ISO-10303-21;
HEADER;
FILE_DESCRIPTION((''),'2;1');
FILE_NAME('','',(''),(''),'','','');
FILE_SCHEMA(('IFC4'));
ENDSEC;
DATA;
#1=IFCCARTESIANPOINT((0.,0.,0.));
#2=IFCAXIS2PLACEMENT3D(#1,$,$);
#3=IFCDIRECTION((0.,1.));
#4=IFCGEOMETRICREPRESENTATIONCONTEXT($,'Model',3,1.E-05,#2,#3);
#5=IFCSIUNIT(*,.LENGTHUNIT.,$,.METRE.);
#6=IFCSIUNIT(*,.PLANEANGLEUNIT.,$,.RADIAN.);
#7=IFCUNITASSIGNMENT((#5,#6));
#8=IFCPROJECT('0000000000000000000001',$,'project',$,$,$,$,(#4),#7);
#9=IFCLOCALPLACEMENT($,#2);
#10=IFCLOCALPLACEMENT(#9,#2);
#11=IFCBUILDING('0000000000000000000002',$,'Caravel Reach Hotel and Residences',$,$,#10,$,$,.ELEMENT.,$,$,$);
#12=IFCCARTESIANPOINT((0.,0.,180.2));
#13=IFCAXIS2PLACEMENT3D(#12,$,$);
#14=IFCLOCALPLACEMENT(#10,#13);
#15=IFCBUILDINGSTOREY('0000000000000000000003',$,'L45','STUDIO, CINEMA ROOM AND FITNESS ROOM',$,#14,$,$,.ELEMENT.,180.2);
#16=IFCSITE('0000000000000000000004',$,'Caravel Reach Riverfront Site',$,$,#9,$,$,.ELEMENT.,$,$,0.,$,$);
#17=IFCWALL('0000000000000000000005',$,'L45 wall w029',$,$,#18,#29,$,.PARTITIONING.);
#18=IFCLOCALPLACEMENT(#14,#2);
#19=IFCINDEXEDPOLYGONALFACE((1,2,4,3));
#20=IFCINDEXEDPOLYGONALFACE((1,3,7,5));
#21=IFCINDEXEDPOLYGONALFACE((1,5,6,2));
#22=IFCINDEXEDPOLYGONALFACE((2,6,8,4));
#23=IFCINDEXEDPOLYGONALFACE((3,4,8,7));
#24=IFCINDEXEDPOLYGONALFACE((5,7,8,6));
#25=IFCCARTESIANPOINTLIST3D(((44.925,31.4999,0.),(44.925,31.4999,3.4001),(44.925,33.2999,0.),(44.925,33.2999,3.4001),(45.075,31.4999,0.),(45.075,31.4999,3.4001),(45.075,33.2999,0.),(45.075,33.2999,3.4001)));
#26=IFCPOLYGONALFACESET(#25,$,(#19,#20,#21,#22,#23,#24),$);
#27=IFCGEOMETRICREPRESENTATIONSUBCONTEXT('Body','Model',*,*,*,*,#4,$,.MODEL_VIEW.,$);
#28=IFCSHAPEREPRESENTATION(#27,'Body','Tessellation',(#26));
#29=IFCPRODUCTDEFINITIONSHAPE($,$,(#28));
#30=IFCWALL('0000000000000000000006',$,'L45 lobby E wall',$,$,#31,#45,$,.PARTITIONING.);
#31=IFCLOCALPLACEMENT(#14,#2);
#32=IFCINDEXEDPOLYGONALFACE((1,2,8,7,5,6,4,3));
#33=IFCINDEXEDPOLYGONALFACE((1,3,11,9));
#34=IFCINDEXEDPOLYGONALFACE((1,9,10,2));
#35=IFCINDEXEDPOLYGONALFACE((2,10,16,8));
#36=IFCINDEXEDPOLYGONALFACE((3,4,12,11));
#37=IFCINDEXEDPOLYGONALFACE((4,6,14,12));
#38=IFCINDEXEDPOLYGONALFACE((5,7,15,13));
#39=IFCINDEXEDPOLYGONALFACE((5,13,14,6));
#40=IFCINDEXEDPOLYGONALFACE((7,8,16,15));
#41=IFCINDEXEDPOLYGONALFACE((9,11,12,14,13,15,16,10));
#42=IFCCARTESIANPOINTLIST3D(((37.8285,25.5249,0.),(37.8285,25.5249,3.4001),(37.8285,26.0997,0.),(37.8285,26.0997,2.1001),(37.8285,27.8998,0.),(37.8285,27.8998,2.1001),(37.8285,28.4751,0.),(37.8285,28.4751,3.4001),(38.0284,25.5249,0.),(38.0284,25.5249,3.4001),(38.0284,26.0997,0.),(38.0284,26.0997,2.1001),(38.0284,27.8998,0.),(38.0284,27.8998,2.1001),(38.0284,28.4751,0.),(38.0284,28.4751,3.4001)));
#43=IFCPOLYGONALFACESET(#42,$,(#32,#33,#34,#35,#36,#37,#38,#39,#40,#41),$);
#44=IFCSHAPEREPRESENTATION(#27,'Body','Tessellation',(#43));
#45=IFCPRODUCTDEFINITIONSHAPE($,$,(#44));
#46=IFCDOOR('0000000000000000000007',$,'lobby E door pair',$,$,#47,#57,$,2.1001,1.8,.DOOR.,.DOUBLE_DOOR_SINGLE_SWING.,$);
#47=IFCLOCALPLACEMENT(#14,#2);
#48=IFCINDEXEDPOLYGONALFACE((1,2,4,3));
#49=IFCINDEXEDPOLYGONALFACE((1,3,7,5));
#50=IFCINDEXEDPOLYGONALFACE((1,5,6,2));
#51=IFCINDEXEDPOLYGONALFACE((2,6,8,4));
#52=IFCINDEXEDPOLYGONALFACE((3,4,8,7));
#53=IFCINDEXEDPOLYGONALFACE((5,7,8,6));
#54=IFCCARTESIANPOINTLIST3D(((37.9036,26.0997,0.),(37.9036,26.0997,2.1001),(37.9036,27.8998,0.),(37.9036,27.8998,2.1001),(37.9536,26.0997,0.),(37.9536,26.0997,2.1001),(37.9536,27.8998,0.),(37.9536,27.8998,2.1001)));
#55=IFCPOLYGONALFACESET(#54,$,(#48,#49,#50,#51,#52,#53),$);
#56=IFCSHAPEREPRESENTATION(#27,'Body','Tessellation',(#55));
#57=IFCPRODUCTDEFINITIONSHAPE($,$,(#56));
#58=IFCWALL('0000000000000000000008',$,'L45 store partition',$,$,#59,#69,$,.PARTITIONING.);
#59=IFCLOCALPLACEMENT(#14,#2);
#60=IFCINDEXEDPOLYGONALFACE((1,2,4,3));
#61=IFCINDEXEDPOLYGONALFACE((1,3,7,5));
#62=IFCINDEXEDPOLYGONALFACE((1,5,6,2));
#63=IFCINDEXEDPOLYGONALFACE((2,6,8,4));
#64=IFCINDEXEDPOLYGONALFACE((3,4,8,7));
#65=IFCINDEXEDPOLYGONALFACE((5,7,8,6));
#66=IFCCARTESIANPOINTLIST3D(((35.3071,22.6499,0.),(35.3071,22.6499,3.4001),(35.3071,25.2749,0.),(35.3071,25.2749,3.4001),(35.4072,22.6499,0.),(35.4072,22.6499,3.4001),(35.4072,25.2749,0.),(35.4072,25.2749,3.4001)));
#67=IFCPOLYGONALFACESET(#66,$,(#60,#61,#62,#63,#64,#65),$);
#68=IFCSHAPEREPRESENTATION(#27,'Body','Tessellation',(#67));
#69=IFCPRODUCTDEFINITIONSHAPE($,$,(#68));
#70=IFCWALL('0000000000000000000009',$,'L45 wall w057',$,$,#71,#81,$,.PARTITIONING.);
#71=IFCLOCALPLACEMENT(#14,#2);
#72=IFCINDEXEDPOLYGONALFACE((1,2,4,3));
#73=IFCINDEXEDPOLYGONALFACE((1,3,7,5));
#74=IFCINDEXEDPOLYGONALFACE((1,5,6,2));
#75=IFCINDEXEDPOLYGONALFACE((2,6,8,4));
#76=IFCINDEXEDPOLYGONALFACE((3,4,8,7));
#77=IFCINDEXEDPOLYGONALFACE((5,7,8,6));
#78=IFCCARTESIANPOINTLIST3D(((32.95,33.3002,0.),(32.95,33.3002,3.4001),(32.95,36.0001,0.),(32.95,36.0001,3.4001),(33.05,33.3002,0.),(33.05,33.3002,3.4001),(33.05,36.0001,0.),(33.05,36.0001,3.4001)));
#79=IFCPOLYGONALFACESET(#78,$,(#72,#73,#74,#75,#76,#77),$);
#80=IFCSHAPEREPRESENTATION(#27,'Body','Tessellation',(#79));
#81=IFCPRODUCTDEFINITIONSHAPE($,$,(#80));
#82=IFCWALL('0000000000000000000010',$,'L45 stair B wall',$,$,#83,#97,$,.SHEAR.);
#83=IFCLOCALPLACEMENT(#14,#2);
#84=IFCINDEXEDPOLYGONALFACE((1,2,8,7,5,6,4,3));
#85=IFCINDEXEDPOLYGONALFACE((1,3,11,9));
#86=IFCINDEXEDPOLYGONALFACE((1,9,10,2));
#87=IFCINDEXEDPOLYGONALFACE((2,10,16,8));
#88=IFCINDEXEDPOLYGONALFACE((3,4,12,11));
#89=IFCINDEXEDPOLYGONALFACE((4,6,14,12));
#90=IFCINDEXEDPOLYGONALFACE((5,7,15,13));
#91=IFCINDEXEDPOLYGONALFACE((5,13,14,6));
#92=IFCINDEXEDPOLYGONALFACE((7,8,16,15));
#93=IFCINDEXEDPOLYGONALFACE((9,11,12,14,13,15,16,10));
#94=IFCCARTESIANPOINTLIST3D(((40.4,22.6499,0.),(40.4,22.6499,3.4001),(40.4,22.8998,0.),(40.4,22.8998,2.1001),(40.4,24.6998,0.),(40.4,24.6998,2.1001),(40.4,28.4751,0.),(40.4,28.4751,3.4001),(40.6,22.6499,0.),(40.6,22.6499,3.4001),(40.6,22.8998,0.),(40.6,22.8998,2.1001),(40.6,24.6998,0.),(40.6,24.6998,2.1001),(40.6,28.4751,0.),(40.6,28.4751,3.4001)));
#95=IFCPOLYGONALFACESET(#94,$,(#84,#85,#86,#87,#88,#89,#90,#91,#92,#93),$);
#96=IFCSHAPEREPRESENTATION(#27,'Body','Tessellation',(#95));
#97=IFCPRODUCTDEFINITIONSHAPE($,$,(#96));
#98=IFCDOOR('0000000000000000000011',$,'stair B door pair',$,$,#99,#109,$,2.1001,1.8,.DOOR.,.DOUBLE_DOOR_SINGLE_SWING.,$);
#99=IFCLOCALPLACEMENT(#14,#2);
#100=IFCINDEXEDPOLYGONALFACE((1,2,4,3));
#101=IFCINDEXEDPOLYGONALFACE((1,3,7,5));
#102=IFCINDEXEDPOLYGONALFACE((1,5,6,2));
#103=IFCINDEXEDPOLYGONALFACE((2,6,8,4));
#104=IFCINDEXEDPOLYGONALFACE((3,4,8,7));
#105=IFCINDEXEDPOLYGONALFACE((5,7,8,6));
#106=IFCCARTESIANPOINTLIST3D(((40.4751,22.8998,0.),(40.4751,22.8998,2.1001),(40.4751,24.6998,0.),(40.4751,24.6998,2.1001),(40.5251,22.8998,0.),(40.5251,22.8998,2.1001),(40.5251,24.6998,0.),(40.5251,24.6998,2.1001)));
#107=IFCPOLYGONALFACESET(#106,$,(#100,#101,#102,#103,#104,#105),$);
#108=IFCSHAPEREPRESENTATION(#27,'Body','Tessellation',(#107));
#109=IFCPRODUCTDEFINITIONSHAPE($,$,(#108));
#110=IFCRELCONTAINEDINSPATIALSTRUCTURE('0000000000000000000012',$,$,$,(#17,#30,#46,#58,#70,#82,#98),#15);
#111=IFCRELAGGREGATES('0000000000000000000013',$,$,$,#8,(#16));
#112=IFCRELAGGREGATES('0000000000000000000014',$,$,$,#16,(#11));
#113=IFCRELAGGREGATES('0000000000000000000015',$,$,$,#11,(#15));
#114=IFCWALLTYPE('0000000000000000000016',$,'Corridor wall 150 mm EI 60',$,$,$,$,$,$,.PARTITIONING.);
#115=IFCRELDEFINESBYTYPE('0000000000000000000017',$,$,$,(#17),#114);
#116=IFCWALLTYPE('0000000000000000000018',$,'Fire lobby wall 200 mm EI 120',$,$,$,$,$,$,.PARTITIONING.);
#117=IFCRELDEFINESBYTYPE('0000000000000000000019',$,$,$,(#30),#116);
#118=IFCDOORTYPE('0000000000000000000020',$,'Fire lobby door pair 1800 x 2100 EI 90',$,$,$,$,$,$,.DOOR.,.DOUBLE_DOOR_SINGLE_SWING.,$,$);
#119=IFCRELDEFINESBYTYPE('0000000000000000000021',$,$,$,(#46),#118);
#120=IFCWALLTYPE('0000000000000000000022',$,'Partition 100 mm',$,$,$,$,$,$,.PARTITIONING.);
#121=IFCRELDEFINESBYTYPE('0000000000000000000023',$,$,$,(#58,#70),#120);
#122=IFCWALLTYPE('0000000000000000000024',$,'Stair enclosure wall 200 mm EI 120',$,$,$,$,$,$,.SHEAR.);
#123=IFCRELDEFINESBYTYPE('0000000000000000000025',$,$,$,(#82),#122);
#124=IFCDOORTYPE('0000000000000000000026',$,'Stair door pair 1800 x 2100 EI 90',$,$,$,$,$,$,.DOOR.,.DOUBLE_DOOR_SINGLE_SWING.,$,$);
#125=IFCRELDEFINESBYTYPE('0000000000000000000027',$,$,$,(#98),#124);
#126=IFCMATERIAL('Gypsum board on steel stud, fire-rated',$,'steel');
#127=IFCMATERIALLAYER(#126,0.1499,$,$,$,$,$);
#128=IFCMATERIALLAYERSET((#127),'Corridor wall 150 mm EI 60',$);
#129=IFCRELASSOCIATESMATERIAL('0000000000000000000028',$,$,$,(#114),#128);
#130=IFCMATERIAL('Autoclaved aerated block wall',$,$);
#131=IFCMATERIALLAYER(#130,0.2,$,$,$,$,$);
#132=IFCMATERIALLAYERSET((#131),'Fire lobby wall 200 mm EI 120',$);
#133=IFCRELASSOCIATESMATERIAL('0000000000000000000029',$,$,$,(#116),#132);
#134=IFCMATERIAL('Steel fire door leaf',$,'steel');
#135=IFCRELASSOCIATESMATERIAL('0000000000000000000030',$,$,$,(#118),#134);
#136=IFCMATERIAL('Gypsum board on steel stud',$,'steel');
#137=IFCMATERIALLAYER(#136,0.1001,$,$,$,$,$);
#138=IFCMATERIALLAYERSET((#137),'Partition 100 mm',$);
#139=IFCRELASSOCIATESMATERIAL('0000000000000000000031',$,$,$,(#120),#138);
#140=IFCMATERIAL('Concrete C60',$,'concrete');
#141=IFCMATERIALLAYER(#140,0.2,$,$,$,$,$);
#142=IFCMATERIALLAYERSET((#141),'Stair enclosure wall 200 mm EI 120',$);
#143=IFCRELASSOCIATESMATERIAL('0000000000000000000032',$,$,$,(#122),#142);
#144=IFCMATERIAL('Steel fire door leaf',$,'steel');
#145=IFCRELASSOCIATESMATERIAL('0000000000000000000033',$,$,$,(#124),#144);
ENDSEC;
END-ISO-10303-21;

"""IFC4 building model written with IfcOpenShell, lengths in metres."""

from ifc_helpers import new_model, si_unit, direction, frame, frame_2d, origin, place, context, subcontext, project, spatial, rectangle, extrude, material, layer, layer_set, type_object, element, fill, save


model = new_model("IFC4")

# Units and contexts
model_context = context("Model", 3, precision=1e-05, world=origin(), true_north=direction((0.0, 1.0)))
body_context = subcontext(model_context, "Body", "Model", "MODEL_VIEW")
ifc_project = project(units=[si_unit("LENGTHUNIT", "METRE"), si_unit("PLANEANGLEUNIT", "RADIAN")], contexts=[model_context])

# Site, building, storey
site_placement = place(None, origin())
site = spatial("IfcSite", under=ifc_project, at=site_placement, Name="Caravel Reach Riverfront Site", CompositionType="ELEMENT", RefElevation=0.0)
building_placement = place(site_placement, origin())
building = spatial("IfcBuilding", under=site, at=building_placement, Name="Caravel Reach Hotel and Residences", CompositionType="ELEMENT")
storey_placement = place(building_placement, frame((0.0, 0.0, 180.2)))
storey = spatial("IfcBuildingStorey", under=building, at=storey_placement, Name="L45", Description="STUDIO, CINEMA ROOM AND FITNESS ROOM", CompositionType="ELEMENT", Elevation=180.2)

# Shared definitions
ifc_material_1 = material(Name="Gypsum board on steel stud, fire-rated", Category="steel")
ifc_layer_1 = layer(ifc_material_1, 0.1499)
ifc_layer_set_1 = layer_set([ifc_layer_1], Name="Corridor wall 150 mm EI 60")
wall_type_1 = type_object("IfcWallType", Name="Corridor wall 150 mm EI 60", PredefinedType="PARTITIONING", material=ifc_layer_set_1)

# Wall
wall_1_placement = place(storey_placement, frame((45.0, 31.5, 0.0), z_axis=(0.0, 0.0, 1.0), x_axis=(0.0, 1.0, 0.0)))
element("IfcWall", 1, at=wall_1_placement, inside=storey, type_object=wall_type_1, Name="L45 wall w029", PredefinedType="PARTITIONING", context=body_context, shape_type="SweptSolid", body=[
    extrude(rectangle(XDim=1.8, YDim=0.1499, at=frame_2d((0.8999, 0.0))), origin(), (0.0, 0.0, 1.0), 3.4001),
])

# Wall, opening, door
ifc_material_2 = material(Name="Autoclaved aerated block wall")
ifc_layer_2 = layer(ifc_material_2, 0.2)
ifc_layer_set_2 = layer_set([ifc_layer_2], Name="Fire lobby wall 200 mm EI 120")
wall_type_2 = type_object("IfcWallType", Name="Fire lobby wall 200 mm EI 120", PredefinedType="PARTITIONING", material=ifc_layer_set_2)
wall_2_placement = place(storey_placement, frame((37.9285, 25.5249, 0.0), z_axis=(0.0, 0.0, 1.0), x_axis=(0.0, 1.0, 0.0)))
wall_2 = element("IfcWall", 2, at=wall_2_placement, inside=storey, type_object=wall_type_2, Name="L45 lobby E wall", PredefinedType="PARTITIONING", context=body_context, shape_type="SweptSolid", body=[
    extrude(rectangle(XDim=2.9502, YDim=0.2, at=frame_2d((1.4751, 0.0))), origin(), (0.0, 0.0, 1.0), 3.4001),
])
opening_1_placement = place(wall_2_placement, frame((0.575, 0.0, 0.0)))
opening_1 = element("IfcOpeningElement", 3, at=opening_1_placement, cuts=wall_2, PredefinedType="OPENING", context=body_context, shape_type="SweptSolid", body=[
    extrude(rectangle(XDim=1.8, YDim=2.1001, at=frame_2d((0.8999, 1.05))), frame((0.0, 0.1099, 0.0), z_axis=(0.0, -1.0, 0.0), x_axis=(1.0, 0.0, 0.0)), (0.0, 0.0, 1.0), 0.22),
])
ifc_material_3 = material(Name="Steel fire door leaf", Category="steel")
door_type_1 = type_object("IfcDoorType", Name="Fire lobby door pair 1800 x 2100 EI 90", OperationType="DOUBLE_DOOR_SINGLE_SWING", PredefinedType="DOOR", material=ifc_material_3)
door_1_placement = place(opening_1_placement, origin())
door_1 = element("IfcDoor", 4, at=door_1_placement, inside=storey, type_object=door_type_1, Name="lobby E door pair", OperationType="DOUBLE_DOOR_SINGLE_SWING", OverallHeight=2.1001, OverallWidth=1.8, PredefinedType="DOOR", context=body_context, shape_type="SweptSolid", body=[
    extrude(rectangle(XDim=1.8, YDim=2.1001, at=frame_2d((0.8999, 1.05))), frame((0.0, 0.0249, 0.0), z_axis=(0.0, -1.0, 0.0), x_axis=(1.0, 0.0, 0.0)), (0.0, 0.0, 1.0), 0.05),
])
fill(opening_1, door_1)

# Walls
ifc_material_4 = material(Name="Gypsum board on steel stud", Category="steel")
ifc_layer_3 = layer(ifc_material_4, 0.1001)
ifc_layer_set_3 = layer_set([ifc_layer_3], Name="Partition 100 mm")
wall_type_3 = type_object("IfcWallType", Name="Partition 100 mm", PredefinedType="PARTITIONING", material=ifc_layer_set_3)
wall_3_placement = place(storey_placement, frame((35.3572, 22.6499, 0.0), z_axis=(0.0, 0.0, 1.0), x_axis=(0.0, 1.0, 0.0)))
element("IfcWall", 5, at=wall_3_placement, inside=storey, type_object=wall_type_3, Name="L45 store partition", PredefinedType="PARTITIONING", context=body_context, shape_type="SweptSolid", body=[
    extrude(rectangle(XDim=2.625, YDim=0.1001, at=frame_2d((1.3125, 0.0))), origin(), (0.0, 0.0, 1.0), 3.4001),
])
wall_4_placement = place(storey_placement, frame((33.0, 33.3, 0.0), z_axis=(0.0, 0.0, 1.0), x_axis=(0.0, 1.0, 0.0)))
element("IfcWall", 6, at=wall_4_placement, inside=storey, type_object=wall_type_3, Name="L45 wall w057", PredefinedType="PARTITIONING", context=body_context, shape_type="SweptSolid", body=[
    extrude(rectangle(XDim=2.7, YDim=0.1001, at=frame_2d((1.3501, 0.0))), origin(), (0.0, 0.0, 1.0), 3.4001),
])

# Wall, opening, door
ifc_material_5 = material(Name="Concrete C60", Category="concrete")
ifc_layer_4 = layer(ifc_material_5, 0.2)
ifc_layer_set_4 = layer_set([ifc_layer_4], Name="Stair enclosure wall 200 mm EI 120")
wall_type_4 = type_object("IfcWallType", Name="Stair enclosure wall 200 mm EI 120", PredefinedType="SHEAR", material=ifc_layer_set_4)
wall_5_placement = place(storey_placement, frame((40.5, 22.6499, 0.0), z_axis=(0.0, 0.0, 1.0), x_axis=(0.0, 1.0, 0.0)))
wall_5 = element("IfcWall", 7, at=wall_5_placement, inside=storey, type_object=wall_type_4, Name="L45 stair B wall", PredefinedType="SHEAR", context=body_context, shape_type="SweptSolid", body=[
    extrude(rectangle(XDim=5.8252, YDim=0.2, at=frame_2d((2.9126, 0.0))), origin(), (0.0, 0.0, 1.0), 3.4001),
])
opening_2_placement = place(wall_5_placement, frame((0.25, 0.0, 0.0)))
opening_2 = element("IfcOpeningElement", 8, at=opening_2_placement, cuts=wall_5, PredefinedType="OPENING", context=body_context, shape_type="SweptSolid", body=[
    extrude(rectangle(XDim=1.8, YDim=2.1001, at=frame_2d((0.8999, 1.05))), frame((0.0, 0.1099, 0.0), z_axis=(0.0, -1.0, 0.0), x_axis=(1.0, 0.0, 0.0)), (0.0, 0.0, 1.0), 0.22),
])
ifc_material_6 = material(Name="Steel fire door leaf", Category="steel")
door_type_2 = type_object("IfcDoorType", Name="Stair door pair 1800 x 2100 EI 90", OperationType="DOUBLE_DOOR_SINGLE_SWING", PredefinedType="DOOR", material=ifc_material_6)
door_2_placement = place(opening_2_placement, origin())
door_2 = element("IfcDoor", 9, at=door_2_placement, inside=storey, type_object=door_type_2, Name="stair B door pair", OperationType="DOUBLE_DOOR_SINGLE_SWING", OverallHeight=2.1001, OverallWidth=1.8, PredefinedType="DOOR", context=body_context, shape_type="SweptSolid", body=[
    extrude(rectangle(XDim=1.8, YDim=2.1001, at=frame_2d((0.8999, 1.05))), frame((0.0, 0.0249, 0.0), z_axis=(0.0, -1.0, 0.0), x_axis=(1.0, 0.0, 0.0)), (0.0, 0.0, 1.0), 0.05),
])
fill(opening_2, door_2)

save(model, "model.ifc")
